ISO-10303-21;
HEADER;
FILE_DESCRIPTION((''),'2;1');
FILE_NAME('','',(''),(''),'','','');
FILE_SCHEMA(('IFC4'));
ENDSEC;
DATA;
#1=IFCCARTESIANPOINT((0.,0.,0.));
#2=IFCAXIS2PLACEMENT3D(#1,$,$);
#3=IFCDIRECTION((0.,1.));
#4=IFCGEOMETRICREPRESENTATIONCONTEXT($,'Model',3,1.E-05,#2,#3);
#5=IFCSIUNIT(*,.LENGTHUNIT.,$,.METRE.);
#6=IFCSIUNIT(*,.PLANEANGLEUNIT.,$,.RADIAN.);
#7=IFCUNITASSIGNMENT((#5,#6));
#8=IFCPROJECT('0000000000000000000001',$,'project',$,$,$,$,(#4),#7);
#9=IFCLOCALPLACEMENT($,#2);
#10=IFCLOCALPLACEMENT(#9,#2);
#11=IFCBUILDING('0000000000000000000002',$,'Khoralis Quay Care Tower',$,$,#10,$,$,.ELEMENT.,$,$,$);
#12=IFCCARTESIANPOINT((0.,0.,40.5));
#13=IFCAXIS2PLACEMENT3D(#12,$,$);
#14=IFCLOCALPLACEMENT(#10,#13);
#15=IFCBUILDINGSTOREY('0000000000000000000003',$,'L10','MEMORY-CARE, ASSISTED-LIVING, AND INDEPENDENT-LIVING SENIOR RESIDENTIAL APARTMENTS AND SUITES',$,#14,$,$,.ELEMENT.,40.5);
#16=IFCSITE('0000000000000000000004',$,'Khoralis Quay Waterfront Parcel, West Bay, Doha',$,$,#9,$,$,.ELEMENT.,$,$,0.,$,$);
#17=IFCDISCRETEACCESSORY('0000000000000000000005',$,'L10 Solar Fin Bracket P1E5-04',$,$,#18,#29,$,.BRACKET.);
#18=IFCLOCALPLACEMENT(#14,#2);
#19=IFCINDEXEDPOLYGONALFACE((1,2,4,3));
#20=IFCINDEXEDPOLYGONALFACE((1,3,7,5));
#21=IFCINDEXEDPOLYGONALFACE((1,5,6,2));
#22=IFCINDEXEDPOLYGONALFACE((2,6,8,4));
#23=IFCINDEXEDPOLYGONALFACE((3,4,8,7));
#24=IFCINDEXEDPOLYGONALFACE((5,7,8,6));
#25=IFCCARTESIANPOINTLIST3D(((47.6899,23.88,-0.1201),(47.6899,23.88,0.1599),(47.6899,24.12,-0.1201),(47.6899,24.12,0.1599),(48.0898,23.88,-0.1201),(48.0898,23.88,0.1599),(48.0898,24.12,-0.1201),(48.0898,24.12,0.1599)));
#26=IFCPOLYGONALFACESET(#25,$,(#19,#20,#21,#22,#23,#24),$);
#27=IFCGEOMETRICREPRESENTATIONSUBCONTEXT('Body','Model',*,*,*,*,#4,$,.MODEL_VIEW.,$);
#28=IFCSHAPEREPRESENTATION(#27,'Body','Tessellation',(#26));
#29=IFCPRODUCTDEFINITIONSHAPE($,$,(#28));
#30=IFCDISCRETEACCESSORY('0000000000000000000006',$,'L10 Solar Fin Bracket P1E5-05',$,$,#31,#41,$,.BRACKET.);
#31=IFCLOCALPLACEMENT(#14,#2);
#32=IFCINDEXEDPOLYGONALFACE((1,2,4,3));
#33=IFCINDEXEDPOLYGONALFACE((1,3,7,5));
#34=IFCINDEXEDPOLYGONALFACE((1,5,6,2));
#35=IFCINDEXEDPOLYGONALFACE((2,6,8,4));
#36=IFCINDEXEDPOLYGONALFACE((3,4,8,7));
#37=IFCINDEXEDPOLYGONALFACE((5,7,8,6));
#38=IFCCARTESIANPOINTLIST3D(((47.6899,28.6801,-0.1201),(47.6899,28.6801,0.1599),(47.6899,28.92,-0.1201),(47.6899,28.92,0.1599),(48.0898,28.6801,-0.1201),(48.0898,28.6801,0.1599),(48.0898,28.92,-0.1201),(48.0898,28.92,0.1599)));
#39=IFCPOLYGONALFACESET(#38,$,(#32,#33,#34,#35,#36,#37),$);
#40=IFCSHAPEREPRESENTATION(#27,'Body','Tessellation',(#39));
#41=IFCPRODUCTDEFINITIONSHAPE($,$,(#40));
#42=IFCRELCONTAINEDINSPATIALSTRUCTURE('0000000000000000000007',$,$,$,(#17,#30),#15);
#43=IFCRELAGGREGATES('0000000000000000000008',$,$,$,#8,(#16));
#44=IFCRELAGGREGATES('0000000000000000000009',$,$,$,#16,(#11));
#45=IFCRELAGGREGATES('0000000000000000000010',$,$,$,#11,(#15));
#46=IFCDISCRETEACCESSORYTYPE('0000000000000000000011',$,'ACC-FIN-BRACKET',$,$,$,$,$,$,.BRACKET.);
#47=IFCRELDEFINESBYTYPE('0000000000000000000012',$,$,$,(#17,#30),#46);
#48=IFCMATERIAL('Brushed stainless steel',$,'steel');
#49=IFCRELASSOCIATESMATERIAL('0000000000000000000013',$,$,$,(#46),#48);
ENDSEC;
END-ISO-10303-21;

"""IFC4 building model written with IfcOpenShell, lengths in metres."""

from ifc_helpers import new_model, si_unit, direction, frame, origin, origin_2d, place, context, subcontext, project, spatial, rectangle, extrude, source, transform, mapped, material, type_object, element, save


model = new_model("IFC4")

# Units and contexts
model_context = context("Model", 3, precision=1e-05, world=origin(), true_north=direction((0.0, 1.0)))
body_context = subcontext(model_context, "Body", "Model", "MODEL_VIEW")
ifc_project = project(units=[si_unit("LENGTHUNIT", "METRE"), si_unit("PLANEANGLEUNIT", "RADIAN")], contexts=[model_context])

# Site, building, storey
site_placement = place(None, origin())
site = spatial("IfcSite", under=ifc_project, at=site_placement, Name="Khoralis Quay Waterfront Parcel, West Bay, Doha", CompositionType="ELEMENT", RefElevation=0.0)
building_placement = place(site_placement, origin())
building = spatial("IfcBuilding", under=site, at=building_placement, Name="Khoralis Quay Care Tower", CompositionType="ELEMENT")
storey_placement = place(building_placement, frame((0.0, 0.0, 40.5)))
storey = spatial("IfcBuildingStorey", under=building, at=storey_placement, Name="L10", Description="MEMORY-CARE, ASSISTED-LIVING, AND INDEPENDENT-LIVING SENIOR RESIDENTIAL APARTMENTS AND SUITES", CompositionType="ELEMENT", Elevation=40.5)

# Discrete accessories
ifc_material_1 = material(Name="Brushed stainless steel", Category="steel")
discrete_accessory_type = type_object("IfcDiscreteAccessoryType", Name="ACC-FIN-BRACKET", PredefinedType="BRACKET", material=ifc_material_1)
shared_shape_1 = source(origin(), body_context, "Body", "SweptSolid", [
    extrude(rectangle(XDim=0.3999, YDim=0.24, at=origin_2d()), origin(), (0.0, 0.0, 1.0), 0.28),
])
for number, where, z_axis, x_axis, name in (
    (1, (47.8899, 24.0, -0.1201), (0.0, 0.0, 1.0), (1.0, 0.0, 0.0), "L10 Solar Fin Bracket P1E5-04"),
    (2, (47.8899, 28.8, -0.1201), (0.0, 0.0, 1.0), (1.0, 0.0, 0.0), "L10 Solar Fin Bracket P1E5-05"),
):
    element("IfcDiscreteAccessory", number, at=place(storey_placement, frame(where, z_axis=z_axis, x_axis=x_axis)), inside=storey, type_object=discrete_accessory_type, Name=name, PredefinedType="BRACKET", context=body_context, shape_type="MappedRepresentation", body=[
        mapped(shared_shape_1, transform((0.0, 0.0, 0.0), scale=1.0)),
    ])

save(model, "model.ifc")
